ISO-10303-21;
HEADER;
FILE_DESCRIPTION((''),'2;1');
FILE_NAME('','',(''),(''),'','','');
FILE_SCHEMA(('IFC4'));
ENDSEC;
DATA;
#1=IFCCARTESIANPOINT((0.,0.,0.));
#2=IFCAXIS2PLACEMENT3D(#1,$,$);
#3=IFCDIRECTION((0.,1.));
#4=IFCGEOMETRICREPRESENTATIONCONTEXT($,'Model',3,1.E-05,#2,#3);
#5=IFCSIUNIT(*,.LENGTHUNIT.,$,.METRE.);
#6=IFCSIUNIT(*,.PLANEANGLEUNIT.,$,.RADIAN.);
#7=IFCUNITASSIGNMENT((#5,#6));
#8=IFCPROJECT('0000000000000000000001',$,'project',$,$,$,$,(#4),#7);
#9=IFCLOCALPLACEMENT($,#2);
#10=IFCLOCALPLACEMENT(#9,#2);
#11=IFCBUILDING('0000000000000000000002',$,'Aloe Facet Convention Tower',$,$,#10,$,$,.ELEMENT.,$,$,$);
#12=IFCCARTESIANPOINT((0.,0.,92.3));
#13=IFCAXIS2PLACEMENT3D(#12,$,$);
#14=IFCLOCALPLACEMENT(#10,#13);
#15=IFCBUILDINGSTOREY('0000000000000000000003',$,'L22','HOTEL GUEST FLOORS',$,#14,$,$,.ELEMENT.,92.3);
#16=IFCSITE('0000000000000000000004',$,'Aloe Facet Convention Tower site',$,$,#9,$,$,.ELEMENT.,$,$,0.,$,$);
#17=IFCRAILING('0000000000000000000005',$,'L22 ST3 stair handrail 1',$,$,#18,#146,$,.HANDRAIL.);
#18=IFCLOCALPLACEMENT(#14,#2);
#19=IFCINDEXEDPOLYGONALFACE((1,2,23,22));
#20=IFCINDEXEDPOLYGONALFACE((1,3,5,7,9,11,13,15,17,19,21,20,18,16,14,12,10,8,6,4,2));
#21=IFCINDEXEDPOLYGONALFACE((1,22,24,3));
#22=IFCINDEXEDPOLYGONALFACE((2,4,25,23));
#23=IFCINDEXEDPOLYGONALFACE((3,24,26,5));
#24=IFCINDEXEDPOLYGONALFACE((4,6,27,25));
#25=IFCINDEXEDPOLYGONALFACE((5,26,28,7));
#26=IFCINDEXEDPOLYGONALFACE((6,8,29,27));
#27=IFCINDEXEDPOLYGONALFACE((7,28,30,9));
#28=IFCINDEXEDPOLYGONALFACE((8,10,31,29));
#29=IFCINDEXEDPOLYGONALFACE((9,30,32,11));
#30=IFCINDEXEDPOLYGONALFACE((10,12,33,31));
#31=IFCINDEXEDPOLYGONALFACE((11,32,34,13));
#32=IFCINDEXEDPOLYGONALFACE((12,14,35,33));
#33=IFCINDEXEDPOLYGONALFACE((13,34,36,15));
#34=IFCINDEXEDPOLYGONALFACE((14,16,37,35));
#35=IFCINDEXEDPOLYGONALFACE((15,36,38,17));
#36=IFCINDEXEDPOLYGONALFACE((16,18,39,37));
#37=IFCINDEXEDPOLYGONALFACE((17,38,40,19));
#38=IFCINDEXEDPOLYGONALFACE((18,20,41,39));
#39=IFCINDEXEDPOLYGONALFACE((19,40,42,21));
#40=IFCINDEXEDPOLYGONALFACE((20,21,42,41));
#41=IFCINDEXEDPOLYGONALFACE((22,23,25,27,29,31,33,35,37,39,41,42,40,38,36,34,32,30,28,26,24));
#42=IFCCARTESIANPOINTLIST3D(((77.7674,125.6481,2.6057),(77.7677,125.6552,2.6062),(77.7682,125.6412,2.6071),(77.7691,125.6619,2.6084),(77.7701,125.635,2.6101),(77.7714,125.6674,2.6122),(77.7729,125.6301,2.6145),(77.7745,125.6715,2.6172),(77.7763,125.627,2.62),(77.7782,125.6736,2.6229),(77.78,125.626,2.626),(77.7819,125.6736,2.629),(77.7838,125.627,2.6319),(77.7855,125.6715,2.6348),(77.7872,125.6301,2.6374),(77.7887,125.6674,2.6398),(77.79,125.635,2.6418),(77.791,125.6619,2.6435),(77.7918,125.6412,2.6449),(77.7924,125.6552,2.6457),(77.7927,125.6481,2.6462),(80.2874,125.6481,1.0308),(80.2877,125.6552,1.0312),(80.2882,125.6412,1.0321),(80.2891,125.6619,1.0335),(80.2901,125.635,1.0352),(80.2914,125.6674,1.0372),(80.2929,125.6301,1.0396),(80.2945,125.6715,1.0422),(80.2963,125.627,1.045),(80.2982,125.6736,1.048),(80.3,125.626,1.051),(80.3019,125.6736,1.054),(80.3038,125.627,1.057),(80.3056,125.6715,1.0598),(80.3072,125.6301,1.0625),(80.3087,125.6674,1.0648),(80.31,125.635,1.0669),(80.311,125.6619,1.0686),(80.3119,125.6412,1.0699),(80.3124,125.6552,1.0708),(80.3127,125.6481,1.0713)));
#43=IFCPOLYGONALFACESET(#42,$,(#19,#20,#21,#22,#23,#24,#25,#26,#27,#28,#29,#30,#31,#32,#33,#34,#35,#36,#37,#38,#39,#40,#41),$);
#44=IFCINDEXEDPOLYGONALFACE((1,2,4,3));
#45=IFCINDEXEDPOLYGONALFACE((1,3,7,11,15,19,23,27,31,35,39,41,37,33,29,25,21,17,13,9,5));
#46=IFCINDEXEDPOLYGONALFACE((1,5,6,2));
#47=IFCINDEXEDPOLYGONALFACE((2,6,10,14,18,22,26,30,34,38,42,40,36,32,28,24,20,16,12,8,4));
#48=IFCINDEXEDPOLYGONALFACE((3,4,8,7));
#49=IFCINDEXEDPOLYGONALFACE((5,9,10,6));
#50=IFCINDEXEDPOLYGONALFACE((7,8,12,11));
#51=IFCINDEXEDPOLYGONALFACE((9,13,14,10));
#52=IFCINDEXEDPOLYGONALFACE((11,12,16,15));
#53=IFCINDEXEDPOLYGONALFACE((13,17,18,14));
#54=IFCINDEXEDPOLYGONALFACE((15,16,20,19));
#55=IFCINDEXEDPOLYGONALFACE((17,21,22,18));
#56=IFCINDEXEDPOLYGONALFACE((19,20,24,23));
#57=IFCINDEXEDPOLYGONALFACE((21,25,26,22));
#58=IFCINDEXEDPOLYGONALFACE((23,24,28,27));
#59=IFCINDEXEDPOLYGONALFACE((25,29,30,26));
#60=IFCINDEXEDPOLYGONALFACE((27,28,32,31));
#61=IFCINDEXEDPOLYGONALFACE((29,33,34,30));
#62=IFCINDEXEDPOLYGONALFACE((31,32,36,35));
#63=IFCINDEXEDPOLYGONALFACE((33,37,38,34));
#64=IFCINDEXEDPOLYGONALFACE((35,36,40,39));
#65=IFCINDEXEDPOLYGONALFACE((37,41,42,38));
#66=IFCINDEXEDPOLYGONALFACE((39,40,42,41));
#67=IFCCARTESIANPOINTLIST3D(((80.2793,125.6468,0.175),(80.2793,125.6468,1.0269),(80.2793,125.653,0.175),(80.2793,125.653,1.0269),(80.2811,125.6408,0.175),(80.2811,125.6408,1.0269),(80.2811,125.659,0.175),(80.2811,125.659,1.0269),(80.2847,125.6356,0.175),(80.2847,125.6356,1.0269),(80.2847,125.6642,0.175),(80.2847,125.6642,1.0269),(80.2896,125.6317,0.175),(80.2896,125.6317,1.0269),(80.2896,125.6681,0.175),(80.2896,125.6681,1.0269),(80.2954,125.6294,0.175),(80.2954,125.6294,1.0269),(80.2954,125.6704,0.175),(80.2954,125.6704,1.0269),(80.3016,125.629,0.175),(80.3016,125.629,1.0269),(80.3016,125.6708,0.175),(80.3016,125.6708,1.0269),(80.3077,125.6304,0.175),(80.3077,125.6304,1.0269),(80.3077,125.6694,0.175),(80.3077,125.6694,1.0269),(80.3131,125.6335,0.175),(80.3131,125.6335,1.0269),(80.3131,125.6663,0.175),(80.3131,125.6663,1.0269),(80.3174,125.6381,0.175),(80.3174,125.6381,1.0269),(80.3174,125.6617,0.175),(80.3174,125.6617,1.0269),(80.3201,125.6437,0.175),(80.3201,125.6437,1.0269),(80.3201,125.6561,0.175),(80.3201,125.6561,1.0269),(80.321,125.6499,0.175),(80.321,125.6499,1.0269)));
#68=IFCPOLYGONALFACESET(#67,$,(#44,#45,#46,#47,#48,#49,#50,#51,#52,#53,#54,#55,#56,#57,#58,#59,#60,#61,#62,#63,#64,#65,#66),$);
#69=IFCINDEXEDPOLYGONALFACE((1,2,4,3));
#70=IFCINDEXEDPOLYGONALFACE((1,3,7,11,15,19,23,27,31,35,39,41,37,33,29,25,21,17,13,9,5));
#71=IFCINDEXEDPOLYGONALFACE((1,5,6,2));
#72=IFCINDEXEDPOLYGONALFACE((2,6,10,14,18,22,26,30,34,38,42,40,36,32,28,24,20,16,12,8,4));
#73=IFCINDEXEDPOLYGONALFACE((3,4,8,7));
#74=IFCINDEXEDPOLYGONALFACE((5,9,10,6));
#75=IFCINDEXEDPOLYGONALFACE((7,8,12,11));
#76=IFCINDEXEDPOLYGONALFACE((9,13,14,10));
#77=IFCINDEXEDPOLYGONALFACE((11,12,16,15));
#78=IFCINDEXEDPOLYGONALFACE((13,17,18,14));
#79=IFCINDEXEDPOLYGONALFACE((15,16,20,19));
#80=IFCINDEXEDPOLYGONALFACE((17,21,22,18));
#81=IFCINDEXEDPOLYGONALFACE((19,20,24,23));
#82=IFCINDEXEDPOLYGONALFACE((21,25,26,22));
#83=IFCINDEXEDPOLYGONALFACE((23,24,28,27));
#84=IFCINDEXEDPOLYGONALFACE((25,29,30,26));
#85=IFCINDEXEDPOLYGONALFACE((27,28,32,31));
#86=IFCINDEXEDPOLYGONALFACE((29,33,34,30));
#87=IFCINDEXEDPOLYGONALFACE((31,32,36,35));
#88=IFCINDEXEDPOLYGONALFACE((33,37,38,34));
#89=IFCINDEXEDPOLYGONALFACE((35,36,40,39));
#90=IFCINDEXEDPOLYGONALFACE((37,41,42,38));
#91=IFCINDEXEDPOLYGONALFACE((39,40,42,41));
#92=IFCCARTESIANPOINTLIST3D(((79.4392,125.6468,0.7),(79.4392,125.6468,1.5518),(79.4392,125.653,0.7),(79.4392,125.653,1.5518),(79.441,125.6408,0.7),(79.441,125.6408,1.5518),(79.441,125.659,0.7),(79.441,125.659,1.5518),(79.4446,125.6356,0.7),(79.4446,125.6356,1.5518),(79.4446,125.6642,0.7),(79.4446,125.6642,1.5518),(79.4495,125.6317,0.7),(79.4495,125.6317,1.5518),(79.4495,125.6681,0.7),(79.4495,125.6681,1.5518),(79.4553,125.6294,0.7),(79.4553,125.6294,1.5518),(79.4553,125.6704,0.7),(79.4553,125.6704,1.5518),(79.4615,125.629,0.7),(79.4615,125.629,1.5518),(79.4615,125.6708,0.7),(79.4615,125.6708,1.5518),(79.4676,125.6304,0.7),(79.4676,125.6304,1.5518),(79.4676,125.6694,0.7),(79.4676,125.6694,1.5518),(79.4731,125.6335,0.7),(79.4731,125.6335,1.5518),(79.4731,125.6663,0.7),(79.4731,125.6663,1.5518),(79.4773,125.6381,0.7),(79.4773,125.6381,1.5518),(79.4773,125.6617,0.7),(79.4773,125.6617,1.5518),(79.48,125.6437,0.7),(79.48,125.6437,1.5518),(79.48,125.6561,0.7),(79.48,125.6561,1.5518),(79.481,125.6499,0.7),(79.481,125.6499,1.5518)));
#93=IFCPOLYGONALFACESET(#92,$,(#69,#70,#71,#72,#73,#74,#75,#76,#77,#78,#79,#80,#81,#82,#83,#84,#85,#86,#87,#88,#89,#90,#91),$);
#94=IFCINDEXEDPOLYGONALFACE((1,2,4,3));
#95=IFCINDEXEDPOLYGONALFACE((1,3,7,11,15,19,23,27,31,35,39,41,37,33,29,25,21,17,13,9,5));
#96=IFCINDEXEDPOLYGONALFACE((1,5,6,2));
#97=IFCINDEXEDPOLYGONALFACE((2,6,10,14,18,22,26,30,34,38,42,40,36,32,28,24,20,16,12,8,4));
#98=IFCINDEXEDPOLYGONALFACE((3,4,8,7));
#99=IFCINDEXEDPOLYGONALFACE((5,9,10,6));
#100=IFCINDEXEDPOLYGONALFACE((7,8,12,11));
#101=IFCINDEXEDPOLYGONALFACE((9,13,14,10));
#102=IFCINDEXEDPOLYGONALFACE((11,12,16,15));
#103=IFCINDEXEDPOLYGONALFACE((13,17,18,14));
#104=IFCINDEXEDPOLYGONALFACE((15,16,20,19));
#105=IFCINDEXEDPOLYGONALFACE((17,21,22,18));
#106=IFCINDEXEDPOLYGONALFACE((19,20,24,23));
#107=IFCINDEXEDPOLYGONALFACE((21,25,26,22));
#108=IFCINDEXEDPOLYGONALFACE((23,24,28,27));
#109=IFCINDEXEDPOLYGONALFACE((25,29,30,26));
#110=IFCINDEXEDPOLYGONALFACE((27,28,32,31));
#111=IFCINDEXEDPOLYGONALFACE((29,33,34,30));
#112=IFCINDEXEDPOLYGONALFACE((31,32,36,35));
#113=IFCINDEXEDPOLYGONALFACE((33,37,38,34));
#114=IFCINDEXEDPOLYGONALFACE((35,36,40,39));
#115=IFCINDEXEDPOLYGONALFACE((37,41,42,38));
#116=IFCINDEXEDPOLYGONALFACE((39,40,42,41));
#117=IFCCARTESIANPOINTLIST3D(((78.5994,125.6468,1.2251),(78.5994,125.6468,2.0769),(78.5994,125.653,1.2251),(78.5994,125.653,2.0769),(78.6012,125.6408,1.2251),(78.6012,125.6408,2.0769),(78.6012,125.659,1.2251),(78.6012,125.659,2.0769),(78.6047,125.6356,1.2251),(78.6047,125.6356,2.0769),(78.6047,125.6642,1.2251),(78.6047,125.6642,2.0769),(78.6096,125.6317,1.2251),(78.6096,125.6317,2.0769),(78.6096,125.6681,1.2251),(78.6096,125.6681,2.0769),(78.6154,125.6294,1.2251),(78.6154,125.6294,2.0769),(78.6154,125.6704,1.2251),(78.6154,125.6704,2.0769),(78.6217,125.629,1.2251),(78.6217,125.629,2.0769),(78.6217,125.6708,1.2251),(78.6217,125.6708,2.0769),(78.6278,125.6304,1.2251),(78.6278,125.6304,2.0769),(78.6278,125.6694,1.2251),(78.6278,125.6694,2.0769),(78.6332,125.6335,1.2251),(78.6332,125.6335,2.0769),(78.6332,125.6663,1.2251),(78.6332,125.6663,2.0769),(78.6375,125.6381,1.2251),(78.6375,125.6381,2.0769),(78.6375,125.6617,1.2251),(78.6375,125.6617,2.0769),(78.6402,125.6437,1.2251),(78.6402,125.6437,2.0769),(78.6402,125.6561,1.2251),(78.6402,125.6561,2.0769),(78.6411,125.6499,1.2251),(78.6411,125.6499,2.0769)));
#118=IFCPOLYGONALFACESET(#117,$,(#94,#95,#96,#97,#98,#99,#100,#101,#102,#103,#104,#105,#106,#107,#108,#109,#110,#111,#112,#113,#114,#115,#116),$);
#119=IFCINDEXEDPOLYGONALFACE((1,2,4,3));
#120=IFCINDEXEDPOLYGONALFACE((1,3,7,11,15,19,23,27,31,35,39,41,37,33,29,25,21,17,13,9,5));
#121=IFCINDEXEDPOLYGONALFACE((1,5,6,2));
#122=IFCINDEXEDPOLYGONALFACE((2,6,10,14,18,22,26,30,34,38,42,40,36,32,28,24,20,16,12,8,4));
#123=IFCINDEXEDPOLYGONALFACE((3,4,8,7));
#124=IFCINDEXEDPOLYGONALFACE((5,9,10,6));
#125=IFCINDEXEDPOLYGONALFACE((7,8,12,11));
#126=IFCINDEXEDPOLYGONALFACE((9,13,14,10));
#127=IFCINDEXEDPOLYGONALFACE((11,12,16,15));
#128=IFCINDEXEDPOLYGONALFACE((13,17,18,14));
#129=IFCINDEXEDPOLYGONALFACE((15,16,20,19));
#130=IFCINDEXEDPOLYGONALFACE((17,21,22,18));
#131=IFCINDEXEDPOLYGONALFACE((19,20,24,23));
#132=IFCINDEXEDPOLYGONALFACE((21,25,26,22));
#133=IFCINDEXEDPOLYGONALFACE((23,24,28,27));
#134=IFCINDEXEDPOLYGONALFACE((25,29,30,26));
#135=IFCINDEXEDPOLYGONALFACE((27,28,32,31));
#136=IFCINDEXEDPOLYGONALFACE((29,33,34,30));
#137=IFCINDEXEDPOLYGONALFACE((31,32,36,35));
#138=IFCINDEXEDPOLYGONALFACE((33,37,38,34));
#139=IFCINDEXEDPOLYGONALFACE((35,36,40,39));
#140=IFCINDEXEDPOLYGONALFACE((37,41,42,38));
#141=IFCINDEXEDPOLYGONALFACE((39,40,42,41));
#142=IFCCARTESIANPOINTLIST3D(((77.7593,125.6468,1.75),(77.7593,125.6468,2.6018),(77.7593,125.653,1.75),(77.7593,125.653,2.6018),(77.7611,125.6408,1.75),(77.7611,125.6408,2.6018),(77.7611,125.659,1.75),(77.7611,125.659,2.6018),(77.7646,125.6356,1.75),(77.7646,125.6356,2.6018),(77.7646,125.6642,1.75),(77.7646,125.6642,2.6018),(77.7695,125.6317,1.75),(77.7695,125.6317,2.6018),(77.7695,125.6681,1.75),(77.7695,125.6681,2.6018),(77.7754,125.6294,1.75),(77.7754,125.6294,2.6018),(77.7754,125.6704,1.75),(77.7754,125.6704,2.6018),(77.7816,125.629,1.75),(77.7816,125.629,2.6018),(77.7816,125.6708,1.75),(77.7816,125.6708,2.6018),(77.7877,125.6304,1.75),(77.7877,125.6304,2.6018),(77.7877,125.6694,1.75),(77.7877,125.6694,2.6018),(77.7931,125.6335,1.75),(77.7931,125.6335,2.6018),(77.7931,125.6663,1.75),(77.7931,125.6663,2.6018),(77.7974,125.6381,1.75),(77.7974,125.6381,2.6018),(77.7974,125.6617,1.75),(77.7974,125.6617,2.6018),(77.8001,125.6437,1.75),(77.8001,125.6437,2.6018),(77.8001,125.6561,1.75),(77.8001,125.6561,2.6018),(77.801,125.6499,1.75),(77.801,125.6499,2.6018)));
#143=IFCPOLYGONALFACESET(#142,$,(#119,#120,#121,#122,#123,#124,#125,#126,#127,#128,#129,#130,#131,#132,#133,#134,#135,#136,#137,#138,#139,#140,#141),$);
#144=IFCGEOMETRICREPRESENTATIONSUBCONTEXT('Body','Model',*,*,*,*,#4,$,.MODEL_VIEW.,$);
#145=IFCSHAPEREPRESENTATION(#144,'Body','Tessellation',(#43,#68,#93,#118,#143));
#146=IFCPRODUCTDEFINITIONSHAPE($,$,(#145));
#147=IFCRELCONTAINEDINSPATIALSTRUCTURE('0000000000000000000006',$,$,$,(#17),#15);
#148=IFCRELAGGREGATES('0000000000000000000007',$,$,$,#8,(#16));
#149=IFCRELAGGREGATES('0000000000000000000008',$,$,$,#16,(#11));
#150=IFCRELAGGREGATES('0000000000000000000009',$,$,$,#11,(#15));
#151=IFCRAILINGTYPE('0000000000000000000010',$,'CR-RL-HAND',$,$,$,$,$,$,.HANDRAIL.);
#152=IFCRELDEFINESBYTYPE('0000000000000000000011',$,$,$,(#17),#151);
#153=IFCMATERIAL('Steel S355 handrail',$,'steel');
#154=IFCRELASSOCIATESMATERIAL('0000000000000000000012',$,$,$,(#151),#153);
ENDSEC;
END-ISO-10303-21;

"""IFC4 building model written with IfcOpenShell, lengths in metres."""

from ifc_helpers import new_model, si_unit, direction, frame, origin, origin_2d, place, context, subcontext, project, spatial, circle, extrude, material, type_object, element, save


model = new_model("IFC4")

# Units and contexts
model_context = context("Model", 3, precision=1e-05, world=origin(), true_north=direction((0.0, 1.0)))
body_context = subcontext(model_context, "Body", "Model", "MODEL_VIEW")
ifc_project = project(units=[si_unit("LENGTHUNIT", "METRE"), si_unit("PLANEANGLEUNIT", "RADIAN")], contexts=[model_context])

# Site, building, storey
site_placement = place(None, origin())
site = spatial("IfcSite", under=ifc_project, at=site_placement, Name="Aloe Facet Convention Tower site", CompositionType="ELEMENT", RefElevation=0.0)
building_placement = place(site_placement, origin())
building = spatial("IfcBuilding", under=site, at=building_placement, Name="Aloe Facet Convention Tower", CompositionType="ELEMENT")
storey_placement = place(building_placement, frame((0.0, 0.0, 92.3)))
storey = spatial("IfcBuildingStorey", under=building, at=storey_placement, Name="L22", Description="HOTEL GUEST FLOORS", CompositionType="ELEMENT", Elevation=92.3)

# Railing
ifc_material_1 = material(Name="Steel S355 handrail", Category="steel")
railing_type_1 = type_object("IfcRailingType", Name="CR-RL-HAND", PredefinedType="HANDRAIL", material=ifc_material_1)
railing_1_placement = place(storey_placement, frame((80.3, 125.6499, 0.175)))
element("IfcRailing", 1, at=railing_1_placement, inside=storey, type_object=railing_type_1, Name="L22 ST3 stair handrail 1", PredefinedType="HANDRAIL", context=body_context, shape_type="SweptSolid", body=[
    extrude(circle(Radius=0.0239, at=origin_2d()), frame((0.0, 0.0, 0.876), z_axis=(-0.848008, 0.0, 0.529984), x_axis=(0.0, -1.0, 0.0)), (0.0, 0.0, 1.0), 2.9717),
    extrude(circle(Radius=0.021, at=origin_2d()), origin(), (0.0, 0.0, 1.0), 0.8518),
    extrude(circle(Radius=0.021, at=origin_2d()), frame((-0.8401, 0.0, 0.5249)), (0.0, 0.0, 1.0), 0.8518),
    extrude(circle(Radius=0.021, at=origin_2d()), frame((-1.6799, 0.0, 1.05)), (0.0, 0.0, 1.0), 0.8518),
    extrude(circle(Radius=0.021, at=origin_2d()), frame((-2.52, 0.0, 1.575)), (0.0, 0.0, 1.0), 0.8518),
])

save(model, "model.ifc")
